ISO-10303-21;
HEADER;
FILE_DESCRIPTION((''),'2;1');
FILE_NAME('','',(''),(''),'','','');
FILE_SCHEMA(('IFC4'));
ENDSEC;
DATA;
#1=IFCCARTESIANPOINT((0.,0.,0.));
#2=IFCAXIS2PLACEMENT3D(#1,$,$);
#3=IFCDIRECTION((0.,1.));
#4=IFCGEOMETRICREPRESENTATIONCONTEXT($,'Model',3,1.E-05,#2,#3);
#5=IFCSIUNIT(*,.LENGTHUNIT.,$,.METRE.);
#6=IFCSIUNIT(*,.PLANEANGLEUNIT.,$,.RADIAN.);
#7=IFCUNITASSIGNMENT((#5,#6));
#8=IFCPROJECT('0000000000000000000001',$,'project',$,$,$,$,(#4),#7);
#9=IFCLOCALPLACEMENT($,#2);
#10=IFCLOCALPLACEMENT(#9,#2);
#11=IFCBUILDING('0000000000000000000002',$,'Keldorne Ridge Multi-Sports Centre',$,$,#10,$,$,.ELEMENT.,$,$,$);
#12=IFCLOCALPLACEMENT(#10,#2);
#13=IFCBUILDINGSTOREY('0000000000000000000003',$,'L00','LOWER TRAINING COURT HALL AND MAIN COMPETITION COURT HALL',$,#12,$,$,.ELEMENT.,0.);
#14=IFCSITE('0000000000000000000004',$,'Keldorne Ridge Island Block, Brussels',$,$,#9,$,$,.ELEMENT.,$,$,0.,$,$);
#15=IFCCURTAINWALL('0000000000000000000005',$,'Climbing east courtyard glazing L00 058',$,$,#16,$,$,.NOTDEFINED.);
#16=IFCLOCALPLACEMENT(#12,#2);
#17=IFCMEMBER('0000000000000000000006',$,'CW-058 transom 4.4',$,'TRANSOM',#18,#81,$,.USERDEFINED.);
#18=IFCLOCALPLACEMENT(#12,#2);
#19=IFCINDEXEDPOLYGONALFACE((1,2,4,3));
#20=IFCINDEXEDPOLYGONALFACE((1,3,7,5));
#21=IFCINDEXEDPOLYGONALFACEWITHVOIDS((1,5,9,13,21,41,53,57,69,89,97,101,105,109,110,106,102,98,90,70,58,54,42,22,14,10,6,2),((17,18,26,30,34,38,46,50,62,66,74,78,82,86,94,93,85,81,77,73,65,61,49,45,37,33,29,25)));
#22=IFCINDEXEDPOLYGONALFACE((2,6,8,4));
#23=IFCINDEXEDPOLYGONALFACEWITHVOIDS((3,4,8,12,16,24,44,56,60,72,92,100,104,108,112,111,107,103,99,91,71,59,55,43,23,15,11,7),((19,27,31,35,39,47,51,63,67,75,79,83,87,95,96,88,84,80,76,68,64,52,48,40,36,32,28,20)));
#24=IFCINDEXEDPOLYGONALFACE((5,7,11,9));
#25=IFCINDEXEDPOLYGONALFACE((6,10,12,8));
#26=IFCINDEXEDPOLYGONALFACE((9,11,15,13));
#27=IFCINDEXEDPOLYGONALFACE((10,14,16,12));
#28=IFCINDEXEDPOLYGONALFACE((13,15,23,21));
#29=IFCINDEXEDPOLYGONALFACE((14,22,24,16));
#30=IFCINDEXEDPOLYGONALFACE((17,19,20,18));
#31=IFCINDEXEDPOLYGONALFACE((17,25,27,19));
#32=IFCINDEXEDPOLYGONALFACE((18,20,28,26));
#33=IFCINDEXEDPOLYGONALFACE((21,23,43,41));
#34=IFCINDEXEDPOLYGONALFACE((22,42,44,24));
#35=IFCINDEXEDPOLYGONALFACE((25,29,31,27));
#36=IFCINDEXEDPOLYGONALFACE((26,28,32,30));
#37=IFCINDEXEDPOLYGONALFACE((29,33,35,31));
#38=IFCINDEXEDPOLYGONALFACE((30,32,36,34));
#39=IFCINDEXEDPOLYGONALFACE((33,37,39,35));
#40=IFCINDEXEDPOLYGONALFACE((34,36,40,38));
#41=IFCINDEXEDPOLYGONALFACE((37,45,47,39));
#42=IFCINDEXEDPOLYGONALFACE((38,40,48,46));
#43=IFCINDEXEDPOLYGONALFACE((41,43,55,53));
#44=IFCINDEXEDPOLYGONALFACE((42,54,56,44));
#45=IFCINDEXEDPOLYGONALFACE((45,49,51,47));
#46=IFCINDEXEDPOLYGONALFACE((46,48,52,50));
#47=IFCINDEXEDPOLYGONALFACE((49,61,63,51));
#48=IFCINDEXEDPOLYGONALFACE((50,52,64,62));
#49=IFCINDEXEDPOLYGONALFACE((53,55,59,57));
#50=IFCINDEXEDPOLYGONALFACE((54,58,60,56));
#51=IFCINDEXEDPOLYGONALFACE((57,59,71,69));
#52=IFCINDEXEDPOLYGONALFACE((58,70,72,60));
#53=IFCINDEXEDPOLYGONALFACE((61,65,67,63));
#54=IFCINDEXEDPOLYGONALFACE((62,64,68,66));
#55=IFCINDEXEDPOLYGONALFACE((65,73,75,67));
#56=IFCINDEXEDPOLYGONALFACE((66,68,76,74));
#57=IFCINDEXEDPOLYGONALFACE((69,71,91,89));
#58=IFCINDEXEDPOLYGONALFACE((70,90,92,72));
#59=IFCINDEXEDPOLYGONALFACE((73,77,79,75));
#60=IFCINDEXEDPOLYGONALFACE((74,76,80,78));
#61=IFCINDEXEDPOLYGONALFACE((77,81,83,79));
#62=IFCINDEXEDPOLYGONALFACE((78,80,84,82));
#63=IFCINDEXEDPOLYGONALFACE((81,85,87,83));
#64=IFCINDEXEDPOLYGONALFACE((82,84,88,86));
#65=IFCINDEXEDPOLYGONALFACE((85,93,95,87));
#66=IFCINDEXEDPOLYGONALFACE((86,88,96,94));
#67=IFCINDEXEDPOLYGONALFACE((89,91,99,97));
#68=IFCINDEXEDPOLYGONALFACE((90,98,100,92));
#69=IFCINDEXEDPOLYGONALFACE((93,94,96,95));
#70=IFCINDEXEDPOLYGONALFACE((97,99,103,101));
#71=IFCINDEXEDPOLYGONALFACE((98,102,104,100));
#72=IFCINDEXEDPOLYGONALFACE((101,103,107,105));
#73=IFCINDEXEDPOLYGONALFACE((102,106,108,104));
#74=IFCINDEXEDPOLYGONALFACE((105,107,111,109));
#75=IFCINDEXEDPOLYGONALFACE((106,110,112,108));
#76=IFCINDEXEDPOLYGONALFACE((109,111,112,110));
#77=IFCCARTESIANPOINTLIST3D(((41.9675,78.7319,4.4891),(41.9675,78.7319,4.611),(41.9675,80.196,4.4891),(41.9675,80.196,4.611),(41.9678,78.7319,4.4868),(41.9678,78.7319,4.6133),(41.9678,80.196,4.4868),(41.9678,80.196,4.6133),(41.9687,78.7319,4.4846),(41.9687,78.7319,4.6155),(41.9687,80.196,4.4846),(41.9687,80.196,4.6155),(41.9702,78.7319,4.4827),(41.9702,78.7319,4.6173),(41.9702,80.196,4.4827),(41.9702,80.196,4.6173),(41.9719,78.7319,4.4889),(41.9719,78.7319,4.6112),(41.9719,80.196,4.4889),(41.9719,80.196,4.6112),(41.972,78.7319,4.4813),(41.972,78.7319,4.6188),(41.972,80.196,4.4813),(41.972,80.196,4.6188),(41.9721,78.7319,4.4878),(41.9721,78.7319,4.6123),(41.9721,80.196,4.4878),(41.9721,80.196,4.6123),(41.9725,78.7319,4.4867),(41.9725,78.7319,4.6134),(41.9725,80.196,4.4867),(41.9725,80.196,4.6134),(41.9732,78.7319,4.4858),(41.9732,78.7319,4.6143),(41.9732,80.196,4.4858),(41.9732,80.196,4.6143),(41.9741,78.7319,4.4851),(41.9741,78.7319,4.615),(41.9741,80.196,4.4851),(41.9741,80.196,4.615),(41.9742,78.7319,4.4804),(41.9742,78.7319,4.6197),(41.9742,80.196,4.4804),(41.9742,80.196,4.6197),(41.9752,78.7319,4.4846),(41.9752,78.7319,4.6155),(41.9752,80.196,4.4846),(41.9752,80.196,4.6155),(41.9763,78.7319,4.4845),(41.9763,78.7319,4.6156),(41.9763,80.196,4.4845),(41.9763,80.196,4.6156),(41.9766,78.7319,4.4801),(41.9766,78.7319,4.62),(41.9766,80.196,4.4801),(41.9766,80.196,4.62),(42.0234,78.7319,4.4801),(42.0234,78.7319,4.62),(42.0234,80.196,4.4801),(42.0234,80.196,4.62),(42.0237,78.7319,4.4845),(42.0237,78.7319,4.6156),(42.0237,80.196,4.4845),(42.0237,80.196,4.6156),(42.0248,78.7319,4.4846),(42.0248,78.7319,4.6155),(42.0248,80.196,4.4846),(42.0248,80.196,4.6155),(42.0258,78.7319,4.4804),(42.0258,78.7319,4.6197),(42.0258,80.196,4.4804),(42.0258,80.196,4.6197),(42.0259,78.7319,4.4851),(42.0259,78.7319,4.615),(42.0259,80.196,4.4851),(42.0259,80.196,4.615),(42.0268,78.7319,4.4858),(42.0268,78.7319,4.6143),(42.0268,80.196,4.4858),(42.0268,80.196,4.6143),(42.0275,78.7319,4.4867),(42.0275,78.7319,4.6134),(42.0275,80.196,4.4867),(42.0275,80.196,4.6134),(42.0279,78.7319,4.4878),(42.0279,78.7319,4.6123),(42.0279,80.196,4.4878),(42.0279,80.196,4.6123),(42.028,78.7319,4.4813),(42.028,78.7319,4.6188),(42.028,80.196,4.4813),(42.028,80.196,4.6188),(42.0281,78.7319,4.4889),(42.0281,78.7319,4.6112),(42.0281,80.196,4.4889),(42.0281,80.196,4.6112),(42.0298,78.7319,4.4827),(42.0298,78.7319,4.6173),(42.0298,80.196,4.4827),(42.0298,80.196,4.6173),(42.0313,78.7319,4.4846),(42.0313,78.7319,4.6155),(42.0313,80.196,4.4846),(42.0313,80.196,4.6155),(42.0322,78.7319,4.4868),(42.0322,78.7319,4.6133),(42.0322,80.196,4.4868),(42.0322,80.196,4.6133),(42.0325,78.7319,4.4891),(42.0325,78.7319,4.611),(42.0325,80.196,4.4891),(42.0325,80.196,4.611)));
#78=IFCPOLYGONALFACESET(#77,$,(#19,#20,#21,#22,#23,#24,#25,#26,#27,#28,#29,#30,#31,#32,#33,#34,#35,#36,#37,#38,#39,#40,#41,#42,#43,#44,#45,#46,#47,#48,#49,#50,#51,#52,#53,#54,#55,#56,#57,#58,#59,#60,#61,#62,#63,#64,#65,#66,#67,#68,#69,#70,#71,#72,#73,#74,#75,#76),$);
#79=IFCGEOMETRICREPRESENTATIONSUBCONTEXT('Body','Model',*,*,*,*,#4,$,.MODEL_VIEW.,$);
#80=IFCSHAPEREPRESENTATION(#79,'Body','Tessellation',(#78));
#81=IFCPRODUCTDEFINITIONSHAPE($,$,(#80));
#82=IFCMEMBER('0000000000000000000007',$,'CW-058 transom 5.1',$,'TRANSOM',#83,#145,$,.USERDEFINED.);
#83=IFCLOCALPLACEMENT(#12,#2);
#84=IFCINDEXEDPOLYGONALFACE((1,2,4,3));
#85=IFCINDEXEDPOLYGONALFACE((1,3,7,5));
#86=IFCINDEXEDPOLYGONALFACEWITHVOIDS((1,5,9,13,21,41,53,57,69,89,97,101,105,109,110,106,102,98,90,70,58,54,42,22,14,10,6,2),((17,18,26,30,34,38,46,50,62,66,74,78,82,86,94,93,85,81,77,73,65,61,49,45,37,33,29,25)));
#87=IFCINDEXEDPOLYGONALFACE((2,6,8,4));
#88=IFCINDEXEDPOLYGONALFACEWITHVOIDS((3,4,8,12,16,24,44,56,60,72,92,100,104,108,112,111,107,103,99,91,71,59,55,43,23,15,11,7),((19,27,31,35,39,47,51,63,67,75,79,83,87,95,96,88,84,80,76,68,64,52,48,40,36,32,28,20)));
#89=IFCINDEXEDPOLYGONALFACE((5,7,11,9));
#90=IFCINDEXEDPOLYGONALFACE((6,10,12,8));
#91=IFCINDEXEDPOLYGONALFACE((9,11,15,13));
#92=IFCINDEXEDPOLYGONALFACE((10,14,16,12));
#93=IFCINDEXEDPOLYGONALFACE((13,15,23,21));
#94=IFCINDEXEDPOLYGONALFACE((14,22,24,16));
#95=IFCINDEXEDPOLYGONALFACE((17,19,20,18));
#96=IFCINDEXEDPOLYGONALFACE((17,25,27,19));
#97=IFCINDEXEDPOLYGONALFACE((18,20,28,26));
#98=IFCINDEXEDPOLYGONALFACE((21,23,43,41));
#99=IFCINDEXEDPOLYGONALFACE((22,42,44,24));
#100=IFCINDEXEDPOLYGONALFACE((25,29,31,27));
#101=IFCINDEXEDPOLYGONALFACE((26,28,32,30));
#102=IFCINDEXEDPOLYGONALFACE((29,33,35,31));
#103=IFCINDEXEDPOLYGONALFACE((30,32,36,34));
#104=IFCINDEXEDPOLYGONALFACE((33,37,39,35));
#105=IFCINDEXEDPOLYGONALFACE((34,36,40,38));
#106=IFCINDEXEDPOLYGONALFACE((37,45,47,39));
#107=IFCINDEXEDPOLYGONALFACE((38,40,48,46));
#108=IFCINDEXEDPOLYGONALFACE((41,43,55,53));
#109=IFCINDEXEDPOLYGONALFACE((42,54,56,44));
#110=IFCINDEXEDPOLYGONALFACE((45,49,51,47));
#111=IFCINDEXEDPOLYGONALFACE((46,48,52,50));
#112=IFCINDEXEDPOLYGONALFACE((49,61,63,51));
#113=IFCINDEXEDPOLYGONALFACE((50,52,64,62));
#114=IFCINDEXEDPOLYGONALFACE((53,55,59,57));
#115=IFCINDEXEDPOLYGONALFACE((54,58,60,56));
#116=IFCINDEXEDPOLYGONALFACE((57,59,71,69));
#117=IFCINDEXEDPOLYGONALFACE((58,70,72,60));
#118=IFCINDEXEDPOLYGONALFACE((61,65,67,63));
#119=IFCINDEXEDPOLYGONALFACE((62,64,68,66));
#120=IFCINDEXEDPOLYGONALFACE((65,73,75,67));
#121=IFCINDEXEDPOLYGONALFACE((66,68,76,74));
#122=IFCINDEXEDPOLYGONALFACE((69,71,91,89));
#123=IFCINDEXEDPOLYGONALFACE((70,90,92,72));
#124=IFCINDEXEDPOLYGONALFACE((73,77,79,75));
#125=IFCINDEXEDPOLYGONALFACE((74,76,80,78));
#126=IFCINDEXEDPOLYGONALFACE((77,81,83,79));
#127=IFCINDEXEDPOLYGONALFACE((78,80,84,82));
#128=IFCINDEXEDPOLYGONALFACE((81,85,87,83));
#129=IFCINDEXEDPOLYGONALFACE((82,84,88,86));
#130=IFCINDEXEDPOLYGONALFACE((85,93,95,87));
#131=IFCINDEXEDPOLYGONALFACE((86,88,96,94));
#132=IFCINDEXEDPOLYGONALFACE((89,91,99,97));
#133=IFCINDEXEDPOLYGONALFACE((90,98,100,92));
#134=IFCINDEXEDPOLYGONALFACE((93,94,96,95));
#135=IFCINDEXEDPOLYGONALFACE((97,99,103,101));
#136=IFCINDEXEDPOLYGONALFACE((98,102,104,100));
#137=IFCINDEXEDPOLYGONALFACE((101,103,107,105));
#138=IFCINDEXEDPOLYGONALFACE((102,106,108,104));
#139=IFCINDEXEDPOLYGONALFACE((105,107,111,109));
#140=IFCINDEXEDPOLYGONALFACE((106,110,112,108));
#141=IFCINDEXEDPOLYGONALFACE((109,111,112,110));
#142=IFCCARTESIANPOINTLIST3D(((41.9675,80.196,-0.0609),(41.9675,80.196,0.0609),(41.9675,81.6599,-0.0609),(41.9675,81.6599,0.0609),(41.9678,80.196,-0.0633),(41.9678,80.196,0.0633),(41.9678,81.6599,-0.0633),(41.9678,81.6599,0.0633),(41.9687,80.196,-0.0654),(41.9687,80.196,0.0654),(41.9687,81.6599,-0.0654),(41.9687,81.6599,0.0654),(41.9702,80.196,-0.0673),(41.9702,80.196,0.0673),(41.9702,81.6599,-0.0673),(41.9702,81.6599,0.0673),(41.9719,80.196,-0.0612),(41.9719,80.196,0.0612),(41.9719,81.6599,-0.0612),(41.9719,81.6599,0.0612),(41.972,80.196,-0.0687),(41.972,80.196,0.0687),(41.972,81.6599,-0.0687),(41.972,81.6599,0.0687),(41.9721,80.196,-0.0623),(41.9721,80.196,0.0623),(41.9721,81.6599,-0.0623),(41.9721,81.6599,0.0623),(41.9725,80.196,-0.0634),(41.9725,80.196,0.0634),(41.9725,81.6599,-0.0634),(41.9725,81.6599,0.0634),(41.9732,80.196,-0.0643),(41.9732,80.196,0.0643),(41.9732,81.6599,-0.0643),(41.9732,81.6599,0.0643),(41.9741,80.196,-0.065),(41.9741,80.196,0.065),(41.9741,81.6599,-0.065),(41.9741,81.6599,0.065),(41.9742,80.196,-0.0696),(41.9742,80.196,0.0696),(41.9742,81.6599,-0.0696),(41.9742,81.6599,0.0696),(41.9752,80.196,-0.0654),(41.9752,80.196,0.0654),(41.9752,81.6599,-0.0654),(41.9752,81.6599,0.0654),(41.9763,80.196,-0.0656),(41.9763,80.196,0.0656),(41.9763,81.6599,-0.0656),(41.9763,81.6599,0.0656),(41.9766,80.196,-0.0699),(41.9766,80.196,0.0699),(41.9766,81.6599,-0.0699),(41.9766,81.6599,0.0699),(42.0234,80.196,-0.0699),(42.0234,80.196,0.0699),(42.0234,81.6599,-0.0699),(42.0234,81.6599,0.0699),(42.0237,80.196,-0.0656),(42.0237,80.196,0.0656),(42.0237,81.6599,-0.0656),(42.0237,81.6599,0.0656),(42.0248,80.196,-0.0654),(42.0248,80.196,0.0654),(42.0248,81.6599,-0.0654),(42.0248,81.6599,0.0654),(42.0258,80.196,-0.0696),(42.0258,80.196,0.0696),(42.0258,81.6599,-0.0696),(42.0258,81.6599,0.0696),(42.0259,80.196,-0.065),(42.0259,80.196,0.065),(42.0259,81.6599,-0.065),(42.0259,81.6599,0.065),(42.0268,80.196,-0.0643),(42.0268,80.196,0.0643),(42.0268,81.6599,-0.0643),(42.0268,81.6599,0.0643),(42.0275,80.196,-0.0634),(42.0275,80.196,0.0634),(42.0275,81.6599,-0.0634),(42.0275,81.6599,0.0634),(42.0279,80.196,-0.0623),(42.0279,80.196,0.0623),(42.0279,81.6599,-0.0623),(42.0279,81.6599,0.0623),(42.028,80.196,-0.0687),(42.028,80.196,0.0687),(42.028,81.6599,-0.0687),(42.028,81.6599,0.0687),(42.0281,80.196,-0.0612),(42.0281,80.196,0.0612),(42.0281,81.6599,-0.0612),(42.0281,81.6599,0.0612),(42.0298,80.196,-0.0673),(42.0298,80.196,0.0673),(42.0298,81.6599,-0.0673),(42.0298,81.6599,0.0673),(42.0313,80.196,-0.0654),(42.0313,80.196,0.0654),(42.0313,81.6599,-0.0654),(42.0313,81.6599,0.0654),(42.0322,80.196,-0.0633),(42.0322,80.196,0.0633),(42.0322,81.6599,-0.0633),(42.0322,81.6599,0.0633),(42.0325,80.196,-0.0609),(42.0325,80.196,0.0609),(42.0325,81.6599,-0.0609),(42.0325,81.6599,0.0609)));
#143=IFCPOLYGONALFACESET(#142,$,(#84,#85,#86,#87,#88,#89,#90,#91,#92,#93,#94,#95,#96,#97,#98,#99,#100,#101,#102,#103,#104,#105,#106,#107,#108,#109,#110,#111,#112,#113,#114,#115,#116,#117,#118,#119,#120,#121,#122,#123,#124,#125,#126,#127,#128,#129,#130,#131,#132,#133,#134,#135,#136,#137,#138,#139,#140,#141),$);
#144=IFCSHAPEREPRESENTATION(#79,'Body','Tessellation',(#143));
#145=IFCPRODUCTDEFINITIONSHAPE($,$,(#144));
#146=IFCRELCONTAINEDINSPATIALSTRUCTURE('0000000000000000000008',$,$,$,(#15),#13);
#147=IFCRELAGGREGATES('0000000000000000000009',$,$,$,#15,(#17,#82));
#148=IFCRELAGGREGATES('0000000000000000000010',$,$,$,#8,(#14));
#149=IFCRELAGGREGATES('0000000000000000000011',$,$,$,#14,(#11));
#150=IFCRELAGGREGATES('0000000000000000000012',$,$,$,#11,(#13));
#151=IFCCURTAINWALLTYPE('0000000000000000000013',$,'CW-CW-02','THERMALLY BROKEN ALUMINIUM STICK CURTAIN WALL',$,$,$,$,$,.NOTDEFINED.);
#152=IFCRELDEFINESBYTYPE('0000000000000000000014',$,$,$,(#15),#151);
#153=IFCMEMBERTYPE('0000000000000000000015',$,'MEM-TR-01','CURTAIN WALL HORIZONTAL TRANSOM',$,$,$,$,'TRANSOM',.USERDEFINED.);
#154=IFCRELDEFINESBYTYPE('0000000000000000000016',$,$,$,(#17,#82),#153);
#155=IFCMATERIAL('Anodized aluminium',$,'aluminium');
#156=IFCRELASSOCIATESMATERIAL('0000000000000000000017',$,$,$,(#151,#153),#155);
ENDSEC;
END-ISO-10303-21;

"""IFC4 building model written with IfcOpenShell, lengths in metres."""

from ifc_helpers import new_model, si_unit, direction, frame, origin, origin_2d, place, context, subcontext, project, spatial, hollow_rectangle, extrude, material, material_profile, profile_set, type_object, element, aggregate, save


model = new_model("IFC4")

# Units and contexts
model_context = context("Model", 3, precision=1e-05, world=origin(), true_north=direction((0.0, 1.0)))
body_context = subcontext(model_context, "Body", "Model", "MODEL_VIEW")
ifc_project = project(units=[si_unit("LENGTHUNIT", "METRE"), si_unit("PLANEANGLEUNIT", "RADIAN")], contexts=[model_context])

# Site, building, storey
site_placement = place(None, origin())
site = spatial("IfcSite", under=ifc_project, at=site_placement, Name="Keldorne Ridge Island Block, Brussels", CompositionType="ELEMENT", RefElevation=0.0)
building_placement = place(site_placement, origin())
building = spatial("IfcBuilding", under=site, at=building_placement, Name="Keldorne Ridge Multi-Sports Centre", CompositionType="ELEMENT")
storey_placement = place(building_placement, origin())
storey = spatial("IfcBuildingStorey", under=building, at=storey_placement, Name="L00", Description="LOWER TRAINING COURT HALL AND MAIN COMPETITION COURT HALL", CompositionType="ELEMENT", Elevation=0.0)

# Curtain wall, members
ifc_material_1 = material(Name="Anodized aluminium", Category="aluminium")
curtain_wall_type = type_object("IfcCurtainWallType", Name="CW-CW-02", Description="THERMALLY BROKEN ALUMINIUM STICK CURTAIN WALL", PredefinedType="NOTDEFINED", material=ifc_material_1)
curtain_wall_placement = place(storey_placement, origin())
curtain_wall = element("IfcCurtainWall", 1, at=curtain_wall_placement, inside=storey, type_object=curtain_wall_type, Name="Climbing east courtyard glazing L00 058", PredefinedType="NOTDEFINED")
ifc_material_profile_1 = material_profile(ifc_material_1, hollow_rectangle(XDim=0.0649, YDim=0.1399, WallThickness=0.0044, InnerFilletRadius=0.0044, OuterFilletRadius=0.009, at=origin_2d()), Name="ALU TRANSOM 140x65x4.5")
ifc_profile_set_1 = profile_set([ifc_material_profile_1], Name="Anodized aluminium")
member_type_1 = type_object("IfcMemberType", Name="MEM-TR-01", Description="CURTAIN WALL HORIZONTAL TRANSOM", ElementType="TRANSOM", PredefinedType="USERDEFINED", material=ifc_profile_set_1)
member_1_placement = place(storey_placement, frame((42.0, 78.7319, 4.55), z_axis=(0.0, 1.0, 0.0), x_axis=(-1.0, 0.0, 0.0)))
member_1 = element("IfcMember", 2, at=member_1_placement, type_object=member_type_1, Name="CW-058 transom 4.4", ObjectType="TRANSOM", PredefinedType="USERDEFINED", context=body_context, shape_type="SweptSolid", body=[
    extrude(hollow_rectangle(XDim=0.0649, YDim=0.1399, WallThickness=0.0044, InnerFilletRadius=0.0044, OuterFilletRadius=0.009, at=origin_2d()), origin(), (0.0, 0.0, 1.0), 1.4641),
])
member_2_placement = place(storey_placement, frame((42.0, 80.196, 0.0), z_axis=(0.0, 1.0, 0.0), x_axis=(-1.0, 0.0, 0.0)))
member_2 = element("IfcMember", 3, at=member_2_placement, type_object=member_type_1, Name="CW-058 transom 5.1", ObjectType="TRANSOM", PredefinedType="USERDEFINED", context=body_context, shape_type="SweptSolid", body=[
    extrude(hollow_rectangle(XDim=0.0649, YDim=0.1399, WallThickness=0.0044, InnerFilletRadius=0.0044, OuterFilletRadius=0.009, at=origin_2d()), origin(), (0.0, 0.0, 1.0), 1.4639),
])
aggregate(curtain_wall, [member_1, member_2])

save(model, "model.ifc")
